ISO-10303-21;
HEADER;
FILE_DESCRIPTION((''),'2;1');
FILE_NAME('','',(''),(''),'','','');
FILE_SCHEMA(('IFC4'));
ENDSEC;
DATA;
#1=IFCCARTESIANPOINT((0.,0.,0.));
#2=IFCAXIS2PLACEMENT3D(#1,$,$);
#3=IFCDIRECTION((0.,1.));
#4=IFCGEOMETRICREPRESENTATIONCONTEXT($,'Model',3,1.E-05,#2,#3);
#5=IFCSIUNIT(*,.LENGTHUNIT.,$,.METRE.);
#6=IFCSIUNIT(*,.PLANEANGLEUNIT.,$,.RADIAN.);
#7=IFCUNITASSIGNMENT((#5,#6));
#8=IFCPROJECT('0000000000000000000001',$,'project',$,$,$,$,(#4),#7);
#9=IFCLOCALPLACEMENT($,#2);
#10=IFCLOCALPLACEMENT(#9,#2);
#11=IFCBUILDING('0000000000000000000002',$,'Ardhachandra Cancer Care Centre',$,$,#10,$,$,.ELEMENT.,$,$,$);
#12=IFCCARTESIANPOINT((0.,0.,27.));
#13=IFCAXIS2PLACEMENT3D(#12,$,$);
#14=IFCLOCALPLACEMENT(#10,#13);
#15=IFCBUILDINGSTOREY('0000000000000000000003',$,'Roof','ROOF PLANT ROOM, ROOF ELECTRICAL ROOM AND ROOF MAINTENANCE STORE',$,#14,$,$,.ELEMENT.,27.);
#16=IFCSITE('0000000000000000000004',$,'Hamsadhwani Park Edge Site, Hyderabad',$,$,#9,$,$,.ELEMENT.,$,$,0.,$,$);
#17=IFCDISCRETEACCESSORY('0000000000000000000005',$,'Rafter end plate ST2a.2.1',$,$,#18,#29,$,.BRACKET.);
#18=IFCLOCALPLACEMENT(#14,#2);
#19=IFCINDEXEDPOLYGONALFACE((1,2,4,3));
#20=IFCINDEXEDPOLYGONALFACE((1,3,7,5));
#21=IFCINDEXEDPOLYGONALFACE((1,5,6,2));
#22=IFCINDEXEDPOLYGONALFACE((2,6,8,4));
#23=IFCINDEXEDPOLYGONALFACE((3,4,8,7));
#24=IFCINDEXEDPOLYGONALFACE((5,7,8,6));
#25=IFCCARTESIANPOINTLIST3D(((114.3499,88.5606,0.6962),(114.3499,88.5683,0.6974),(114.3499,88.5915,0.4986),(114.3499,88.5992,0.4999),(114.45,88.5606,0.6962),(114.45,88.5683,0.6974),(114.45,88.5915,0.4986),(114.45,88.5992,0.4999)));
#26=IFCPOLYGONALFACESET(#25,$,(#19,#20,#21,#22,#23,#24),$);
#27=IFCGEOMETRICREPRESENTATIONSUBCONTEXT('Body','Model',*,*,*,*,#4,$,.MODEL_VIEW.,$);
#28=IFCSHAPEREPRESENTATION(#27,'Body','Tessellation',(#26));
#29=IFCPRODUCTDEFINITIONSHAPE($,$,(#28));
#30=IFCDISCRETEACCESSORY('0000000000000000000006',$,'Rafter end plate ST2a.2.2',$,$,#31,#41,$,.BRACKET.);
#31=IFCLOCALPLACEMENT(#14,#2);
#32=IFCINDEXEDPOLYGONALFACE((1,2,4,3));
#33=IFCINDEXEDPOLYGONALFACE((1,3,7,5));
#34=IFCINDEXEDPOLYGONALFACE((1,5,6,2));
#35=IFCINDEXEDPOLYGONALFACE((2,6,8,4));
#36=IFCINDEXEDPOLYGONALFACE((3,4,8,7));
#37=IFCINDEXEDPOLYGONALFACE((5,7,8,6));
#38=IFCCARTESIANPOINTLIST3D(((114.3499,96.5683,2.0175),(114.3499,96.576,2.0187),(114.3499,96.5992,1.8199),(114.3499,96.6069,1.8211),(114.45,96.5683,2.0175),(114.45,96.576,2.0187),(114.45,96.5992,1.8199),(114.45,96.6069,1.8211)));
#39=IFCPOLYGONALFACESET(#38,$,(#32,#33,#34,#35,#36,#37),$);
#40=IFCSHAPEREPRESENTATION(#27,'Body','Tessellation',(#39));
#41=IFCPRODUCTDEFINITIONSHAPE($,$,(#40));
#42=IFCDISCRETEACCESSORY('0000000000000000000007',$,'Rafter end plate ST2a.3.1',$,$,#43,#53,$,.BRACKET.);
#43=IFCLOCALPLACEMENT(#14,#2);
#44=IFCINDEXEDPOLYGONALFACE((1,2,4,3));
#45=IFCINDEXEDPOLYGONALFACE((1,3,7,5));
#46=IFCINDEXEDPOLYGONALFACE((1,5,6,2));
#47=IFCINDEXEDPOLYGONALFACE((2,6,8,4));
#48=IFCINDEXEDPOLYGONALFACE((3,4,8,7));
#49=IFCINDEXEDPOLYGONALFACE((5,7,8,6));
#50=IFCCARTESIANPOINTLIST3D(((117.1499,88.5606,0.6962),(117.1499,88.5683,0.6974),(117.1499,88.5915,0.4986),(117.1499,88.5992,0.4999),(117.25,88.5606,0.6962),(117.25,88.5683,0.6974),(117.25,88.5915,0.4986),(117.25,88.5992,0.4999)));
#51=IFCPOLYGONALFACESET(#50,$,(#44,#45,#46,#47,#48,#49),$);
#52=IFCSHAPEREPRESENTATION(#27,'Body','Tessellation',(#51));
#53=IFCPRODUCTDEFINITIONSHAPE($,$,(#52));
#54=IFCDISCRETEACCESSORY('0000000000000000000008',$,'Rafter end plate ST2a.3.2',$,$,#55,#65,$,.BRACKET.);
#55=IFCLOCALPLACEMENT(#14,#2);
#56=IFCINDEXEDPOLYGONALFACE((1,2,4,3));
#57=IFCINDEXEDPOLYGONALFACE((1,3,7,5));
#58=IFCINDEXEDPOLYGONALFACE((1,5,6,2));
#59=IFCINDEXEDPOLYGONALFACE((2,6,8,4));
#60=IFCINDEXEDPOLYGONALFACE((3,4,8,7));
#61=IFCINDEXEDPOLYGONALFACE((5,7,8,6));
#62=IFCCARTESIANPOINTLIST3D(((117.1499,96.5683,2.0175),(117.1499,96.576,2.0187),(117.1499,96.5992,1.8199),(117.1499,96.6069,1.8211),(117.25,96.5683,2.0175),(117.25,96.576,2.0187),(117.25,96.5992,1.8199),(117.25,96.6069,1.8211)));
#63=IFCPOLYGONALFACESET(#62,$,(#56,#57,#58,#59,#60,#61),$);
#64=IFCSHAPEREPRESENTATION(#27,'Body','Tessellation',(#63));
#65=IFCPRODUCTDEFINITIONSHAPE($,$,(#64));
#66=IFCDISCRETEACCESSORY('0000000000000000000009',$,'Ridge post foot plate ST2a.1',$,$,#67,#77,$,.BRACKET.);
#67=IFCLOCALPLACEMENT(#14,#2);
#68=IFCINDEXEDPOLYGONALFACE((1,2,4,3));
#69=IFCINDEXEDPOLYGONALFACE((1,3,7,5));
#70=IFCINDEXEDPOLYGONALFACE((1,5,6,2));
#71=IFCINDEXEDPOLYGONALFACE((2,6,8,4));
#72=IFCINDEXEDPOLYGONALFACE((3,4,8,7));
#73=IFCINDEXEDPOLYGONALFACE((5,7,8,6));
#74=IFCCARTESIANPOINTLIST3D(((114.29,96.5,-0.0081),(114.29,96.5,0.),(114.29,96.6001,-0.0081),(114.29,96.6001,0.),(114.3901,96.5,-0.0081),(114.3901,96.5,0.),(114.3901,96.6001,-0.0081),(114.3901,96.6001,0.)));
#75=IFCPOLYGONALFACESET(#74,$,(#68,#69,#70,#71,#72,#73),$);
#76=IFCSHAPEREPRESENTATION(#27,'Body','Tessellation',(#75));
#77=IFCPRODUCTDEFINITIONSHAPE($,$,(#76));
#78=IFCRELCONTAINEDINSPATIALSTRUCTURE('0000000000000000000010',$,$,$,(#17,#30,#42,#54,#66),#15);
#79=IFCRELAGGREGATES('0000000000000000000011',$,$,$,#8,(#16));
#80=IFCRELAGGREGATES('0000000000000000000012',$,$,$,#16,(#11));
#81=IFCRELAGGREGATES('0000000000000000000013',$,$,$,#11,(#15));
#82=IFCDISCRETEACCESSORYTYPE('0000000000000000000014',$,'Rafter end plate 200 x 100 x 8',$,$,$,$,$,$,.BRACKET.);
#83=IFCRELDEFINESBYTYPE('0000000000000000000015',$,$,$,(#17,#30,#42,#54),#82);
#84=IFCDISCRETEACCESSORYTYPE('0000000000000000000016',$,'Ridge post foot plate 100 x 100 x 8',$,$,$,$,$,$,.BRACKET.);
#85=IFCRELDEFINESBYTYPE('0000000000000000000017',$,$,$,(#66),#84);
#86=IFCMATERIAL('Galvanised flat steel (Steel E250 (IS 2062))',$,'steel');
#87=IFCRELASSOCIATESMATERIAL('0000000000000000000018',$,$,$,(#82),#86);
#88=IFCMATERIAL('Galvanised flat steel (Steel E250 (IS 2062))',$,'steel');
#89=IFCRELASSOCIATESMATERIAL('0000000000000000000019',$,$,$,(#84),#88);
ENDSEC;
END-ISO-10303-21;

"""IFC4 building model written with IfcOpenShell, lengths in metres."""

from ifc_helpers import new_model, si_unit, direction, frame, origin, origin_2d, place, context, subcontext, project, spatial, rectangle, extrude, material, material_profile, profile_set, type_object, element, save


model = new_model("IFC4")

# Units and contexts
model_context = context("Model", 3, precision=1e-05, world=origin(), true_north=direction((0.0, 1.0)))
body_context = subcontext(model_context, "Body", "Model", "MODEL_VIEW")
ifc_project = project(units=[si_unit("LENGTHUNIT", "METRE"), si_unit("PLANEANGLEUNIT", "RADIAN")], contexts=[model_context])

# Site, building, storey
site_placement = place(None, origin())
site = spatial("IfcSite", under=ifc_project, at=site_placement, Name="Hamsadhwani Park Edge Site, Hyderabad", CompositionType="ELEMENT", RefElevation=0.0)
building_placement = place(site_placement, origin())
building = spatial("IfcBuilding", under=site, at=building_placement, Name="Ardhachandra Cancer Care Centre", CompositionType="ELEMENT")
storey_placement = place(building_placement, frame((0.0, 0.0, 27.0)))
storey = spatial("IfcBuildingStorey", under=building, at=storey_placement, Name="Roof", Description="ROOF PLANT ROOM, ROOF ELECTRICAL ROOM AND ROOF MAINTENANCE STORE", CompositionType="ELEMENT", Elevation=27.0)

# Discrete accessories
ifc_material_1 = material(Name="Galvanised flat steel (Steel E250 (IS 2062))", Category="steel")
ifc_material_profile_1 = material_profile(ifc_material_1, rectangle(XDim=0.1001, YDim=0.2, at=origin_2d()), Name="Rafter end plate 200 x 100 x 8")
ifc_profile_set_1 = profile_set([ifc_material_profile_1], Name="Galvanised flat steel (Steel E250 (IS 2062))")
discrete_accessory_type_1 = type_object("IfcDiscreteAccessoryType", Name="Rafter end plate 200 x 100 x 8", PredefinedType="BRACKET", material=ifc_profile_set_1)
for number, where, z_axis, x_axis, name in (
    (1, (114.3999, 88.5837, 0.5986), (0.0, -0.988012, -0.154377), (1.0, 0.0, 0.0), "Rafter end plate ST2a.2.1"),
    (2, (114.3999, 96.5837, 1.9187), (0.0, 0.988012, 0.154377), (-1.0, 0.0, 0.0), "Rafter end plate ST2a.2.2"),
    (3, (117.2, 88.5837, 0.5986), (0.0, -0.988012, -0.154377), (1.0, 0.0, 0.0), "Rafter end plate ST2a.3.1"),
    (4, (117.2, 96.5837, 1.9187), (0.0, 0.988012, 0.154377), (-1.0, 0.0, 0.0), "Rafter end plate ST2a.3.2"),
):
    element("IfcDiscreteAccessory", number, at=place(storey_placement, frame(where, z_axis=z_axis, x_axis=x_axis)), inside=storey, type_object=discrete_accessory_type_1, Name=name, PredefinedType="BRACKET", context=body_context, shape_type="SweptSolid", body=[
        extrude(rectangle(XDim=0.1001, YDim=0.2, at=origin_2d()), origin(), (0.0, 0.0, 1.0), 0.0078),
    ])
ifc_material_2 = material(Name="Galvanised flat steel (Steel E250 (IS 2062))", Category="steel")
ifc_material_profile_2 = material_profile(ifc_material_2, rectangle(XDim=0.1001, YDim=0.1001, at=origin_2d()), Name="Ridge post foot plate 100 x 100 x 8")
ifc_profile_set_2 = profile_set([ifc_material_profile_2], Name="Galvanised flat steel (Steel E250 (IS 2062))")
discrete_accessory_type_2 = type_object("IfcDiscreteAccessoryType", Name="Ridge post foot plate 100 x 100 x 8", PredefinedType="BRACKET", material=ifc_profile_set_2)
discrete_accessory_placement = place(storey_placement, frame((114.3401, 96.55, 0.0), z_axis=(0.0, 0.0, -1.0), x_axis=(1.0, 0.0, 0.0)))
element("IfcDiscreteAccessory", 5, at=discrete_accessory_placement, inside=storey, type_object=discrete_accessory_type_2, Name="Ridge post foot plate ST2a.1", PredefinedType="BRACKET", context=body_context, shape_type="SweptSolid", body=[
    extrude(rectangle(XDim=0.1001, YDim=0.1001, at=origin_2d()), origin(), (0.0, 0.0, 1.0), 0.0081),
])

save(model, "model.ifc")
